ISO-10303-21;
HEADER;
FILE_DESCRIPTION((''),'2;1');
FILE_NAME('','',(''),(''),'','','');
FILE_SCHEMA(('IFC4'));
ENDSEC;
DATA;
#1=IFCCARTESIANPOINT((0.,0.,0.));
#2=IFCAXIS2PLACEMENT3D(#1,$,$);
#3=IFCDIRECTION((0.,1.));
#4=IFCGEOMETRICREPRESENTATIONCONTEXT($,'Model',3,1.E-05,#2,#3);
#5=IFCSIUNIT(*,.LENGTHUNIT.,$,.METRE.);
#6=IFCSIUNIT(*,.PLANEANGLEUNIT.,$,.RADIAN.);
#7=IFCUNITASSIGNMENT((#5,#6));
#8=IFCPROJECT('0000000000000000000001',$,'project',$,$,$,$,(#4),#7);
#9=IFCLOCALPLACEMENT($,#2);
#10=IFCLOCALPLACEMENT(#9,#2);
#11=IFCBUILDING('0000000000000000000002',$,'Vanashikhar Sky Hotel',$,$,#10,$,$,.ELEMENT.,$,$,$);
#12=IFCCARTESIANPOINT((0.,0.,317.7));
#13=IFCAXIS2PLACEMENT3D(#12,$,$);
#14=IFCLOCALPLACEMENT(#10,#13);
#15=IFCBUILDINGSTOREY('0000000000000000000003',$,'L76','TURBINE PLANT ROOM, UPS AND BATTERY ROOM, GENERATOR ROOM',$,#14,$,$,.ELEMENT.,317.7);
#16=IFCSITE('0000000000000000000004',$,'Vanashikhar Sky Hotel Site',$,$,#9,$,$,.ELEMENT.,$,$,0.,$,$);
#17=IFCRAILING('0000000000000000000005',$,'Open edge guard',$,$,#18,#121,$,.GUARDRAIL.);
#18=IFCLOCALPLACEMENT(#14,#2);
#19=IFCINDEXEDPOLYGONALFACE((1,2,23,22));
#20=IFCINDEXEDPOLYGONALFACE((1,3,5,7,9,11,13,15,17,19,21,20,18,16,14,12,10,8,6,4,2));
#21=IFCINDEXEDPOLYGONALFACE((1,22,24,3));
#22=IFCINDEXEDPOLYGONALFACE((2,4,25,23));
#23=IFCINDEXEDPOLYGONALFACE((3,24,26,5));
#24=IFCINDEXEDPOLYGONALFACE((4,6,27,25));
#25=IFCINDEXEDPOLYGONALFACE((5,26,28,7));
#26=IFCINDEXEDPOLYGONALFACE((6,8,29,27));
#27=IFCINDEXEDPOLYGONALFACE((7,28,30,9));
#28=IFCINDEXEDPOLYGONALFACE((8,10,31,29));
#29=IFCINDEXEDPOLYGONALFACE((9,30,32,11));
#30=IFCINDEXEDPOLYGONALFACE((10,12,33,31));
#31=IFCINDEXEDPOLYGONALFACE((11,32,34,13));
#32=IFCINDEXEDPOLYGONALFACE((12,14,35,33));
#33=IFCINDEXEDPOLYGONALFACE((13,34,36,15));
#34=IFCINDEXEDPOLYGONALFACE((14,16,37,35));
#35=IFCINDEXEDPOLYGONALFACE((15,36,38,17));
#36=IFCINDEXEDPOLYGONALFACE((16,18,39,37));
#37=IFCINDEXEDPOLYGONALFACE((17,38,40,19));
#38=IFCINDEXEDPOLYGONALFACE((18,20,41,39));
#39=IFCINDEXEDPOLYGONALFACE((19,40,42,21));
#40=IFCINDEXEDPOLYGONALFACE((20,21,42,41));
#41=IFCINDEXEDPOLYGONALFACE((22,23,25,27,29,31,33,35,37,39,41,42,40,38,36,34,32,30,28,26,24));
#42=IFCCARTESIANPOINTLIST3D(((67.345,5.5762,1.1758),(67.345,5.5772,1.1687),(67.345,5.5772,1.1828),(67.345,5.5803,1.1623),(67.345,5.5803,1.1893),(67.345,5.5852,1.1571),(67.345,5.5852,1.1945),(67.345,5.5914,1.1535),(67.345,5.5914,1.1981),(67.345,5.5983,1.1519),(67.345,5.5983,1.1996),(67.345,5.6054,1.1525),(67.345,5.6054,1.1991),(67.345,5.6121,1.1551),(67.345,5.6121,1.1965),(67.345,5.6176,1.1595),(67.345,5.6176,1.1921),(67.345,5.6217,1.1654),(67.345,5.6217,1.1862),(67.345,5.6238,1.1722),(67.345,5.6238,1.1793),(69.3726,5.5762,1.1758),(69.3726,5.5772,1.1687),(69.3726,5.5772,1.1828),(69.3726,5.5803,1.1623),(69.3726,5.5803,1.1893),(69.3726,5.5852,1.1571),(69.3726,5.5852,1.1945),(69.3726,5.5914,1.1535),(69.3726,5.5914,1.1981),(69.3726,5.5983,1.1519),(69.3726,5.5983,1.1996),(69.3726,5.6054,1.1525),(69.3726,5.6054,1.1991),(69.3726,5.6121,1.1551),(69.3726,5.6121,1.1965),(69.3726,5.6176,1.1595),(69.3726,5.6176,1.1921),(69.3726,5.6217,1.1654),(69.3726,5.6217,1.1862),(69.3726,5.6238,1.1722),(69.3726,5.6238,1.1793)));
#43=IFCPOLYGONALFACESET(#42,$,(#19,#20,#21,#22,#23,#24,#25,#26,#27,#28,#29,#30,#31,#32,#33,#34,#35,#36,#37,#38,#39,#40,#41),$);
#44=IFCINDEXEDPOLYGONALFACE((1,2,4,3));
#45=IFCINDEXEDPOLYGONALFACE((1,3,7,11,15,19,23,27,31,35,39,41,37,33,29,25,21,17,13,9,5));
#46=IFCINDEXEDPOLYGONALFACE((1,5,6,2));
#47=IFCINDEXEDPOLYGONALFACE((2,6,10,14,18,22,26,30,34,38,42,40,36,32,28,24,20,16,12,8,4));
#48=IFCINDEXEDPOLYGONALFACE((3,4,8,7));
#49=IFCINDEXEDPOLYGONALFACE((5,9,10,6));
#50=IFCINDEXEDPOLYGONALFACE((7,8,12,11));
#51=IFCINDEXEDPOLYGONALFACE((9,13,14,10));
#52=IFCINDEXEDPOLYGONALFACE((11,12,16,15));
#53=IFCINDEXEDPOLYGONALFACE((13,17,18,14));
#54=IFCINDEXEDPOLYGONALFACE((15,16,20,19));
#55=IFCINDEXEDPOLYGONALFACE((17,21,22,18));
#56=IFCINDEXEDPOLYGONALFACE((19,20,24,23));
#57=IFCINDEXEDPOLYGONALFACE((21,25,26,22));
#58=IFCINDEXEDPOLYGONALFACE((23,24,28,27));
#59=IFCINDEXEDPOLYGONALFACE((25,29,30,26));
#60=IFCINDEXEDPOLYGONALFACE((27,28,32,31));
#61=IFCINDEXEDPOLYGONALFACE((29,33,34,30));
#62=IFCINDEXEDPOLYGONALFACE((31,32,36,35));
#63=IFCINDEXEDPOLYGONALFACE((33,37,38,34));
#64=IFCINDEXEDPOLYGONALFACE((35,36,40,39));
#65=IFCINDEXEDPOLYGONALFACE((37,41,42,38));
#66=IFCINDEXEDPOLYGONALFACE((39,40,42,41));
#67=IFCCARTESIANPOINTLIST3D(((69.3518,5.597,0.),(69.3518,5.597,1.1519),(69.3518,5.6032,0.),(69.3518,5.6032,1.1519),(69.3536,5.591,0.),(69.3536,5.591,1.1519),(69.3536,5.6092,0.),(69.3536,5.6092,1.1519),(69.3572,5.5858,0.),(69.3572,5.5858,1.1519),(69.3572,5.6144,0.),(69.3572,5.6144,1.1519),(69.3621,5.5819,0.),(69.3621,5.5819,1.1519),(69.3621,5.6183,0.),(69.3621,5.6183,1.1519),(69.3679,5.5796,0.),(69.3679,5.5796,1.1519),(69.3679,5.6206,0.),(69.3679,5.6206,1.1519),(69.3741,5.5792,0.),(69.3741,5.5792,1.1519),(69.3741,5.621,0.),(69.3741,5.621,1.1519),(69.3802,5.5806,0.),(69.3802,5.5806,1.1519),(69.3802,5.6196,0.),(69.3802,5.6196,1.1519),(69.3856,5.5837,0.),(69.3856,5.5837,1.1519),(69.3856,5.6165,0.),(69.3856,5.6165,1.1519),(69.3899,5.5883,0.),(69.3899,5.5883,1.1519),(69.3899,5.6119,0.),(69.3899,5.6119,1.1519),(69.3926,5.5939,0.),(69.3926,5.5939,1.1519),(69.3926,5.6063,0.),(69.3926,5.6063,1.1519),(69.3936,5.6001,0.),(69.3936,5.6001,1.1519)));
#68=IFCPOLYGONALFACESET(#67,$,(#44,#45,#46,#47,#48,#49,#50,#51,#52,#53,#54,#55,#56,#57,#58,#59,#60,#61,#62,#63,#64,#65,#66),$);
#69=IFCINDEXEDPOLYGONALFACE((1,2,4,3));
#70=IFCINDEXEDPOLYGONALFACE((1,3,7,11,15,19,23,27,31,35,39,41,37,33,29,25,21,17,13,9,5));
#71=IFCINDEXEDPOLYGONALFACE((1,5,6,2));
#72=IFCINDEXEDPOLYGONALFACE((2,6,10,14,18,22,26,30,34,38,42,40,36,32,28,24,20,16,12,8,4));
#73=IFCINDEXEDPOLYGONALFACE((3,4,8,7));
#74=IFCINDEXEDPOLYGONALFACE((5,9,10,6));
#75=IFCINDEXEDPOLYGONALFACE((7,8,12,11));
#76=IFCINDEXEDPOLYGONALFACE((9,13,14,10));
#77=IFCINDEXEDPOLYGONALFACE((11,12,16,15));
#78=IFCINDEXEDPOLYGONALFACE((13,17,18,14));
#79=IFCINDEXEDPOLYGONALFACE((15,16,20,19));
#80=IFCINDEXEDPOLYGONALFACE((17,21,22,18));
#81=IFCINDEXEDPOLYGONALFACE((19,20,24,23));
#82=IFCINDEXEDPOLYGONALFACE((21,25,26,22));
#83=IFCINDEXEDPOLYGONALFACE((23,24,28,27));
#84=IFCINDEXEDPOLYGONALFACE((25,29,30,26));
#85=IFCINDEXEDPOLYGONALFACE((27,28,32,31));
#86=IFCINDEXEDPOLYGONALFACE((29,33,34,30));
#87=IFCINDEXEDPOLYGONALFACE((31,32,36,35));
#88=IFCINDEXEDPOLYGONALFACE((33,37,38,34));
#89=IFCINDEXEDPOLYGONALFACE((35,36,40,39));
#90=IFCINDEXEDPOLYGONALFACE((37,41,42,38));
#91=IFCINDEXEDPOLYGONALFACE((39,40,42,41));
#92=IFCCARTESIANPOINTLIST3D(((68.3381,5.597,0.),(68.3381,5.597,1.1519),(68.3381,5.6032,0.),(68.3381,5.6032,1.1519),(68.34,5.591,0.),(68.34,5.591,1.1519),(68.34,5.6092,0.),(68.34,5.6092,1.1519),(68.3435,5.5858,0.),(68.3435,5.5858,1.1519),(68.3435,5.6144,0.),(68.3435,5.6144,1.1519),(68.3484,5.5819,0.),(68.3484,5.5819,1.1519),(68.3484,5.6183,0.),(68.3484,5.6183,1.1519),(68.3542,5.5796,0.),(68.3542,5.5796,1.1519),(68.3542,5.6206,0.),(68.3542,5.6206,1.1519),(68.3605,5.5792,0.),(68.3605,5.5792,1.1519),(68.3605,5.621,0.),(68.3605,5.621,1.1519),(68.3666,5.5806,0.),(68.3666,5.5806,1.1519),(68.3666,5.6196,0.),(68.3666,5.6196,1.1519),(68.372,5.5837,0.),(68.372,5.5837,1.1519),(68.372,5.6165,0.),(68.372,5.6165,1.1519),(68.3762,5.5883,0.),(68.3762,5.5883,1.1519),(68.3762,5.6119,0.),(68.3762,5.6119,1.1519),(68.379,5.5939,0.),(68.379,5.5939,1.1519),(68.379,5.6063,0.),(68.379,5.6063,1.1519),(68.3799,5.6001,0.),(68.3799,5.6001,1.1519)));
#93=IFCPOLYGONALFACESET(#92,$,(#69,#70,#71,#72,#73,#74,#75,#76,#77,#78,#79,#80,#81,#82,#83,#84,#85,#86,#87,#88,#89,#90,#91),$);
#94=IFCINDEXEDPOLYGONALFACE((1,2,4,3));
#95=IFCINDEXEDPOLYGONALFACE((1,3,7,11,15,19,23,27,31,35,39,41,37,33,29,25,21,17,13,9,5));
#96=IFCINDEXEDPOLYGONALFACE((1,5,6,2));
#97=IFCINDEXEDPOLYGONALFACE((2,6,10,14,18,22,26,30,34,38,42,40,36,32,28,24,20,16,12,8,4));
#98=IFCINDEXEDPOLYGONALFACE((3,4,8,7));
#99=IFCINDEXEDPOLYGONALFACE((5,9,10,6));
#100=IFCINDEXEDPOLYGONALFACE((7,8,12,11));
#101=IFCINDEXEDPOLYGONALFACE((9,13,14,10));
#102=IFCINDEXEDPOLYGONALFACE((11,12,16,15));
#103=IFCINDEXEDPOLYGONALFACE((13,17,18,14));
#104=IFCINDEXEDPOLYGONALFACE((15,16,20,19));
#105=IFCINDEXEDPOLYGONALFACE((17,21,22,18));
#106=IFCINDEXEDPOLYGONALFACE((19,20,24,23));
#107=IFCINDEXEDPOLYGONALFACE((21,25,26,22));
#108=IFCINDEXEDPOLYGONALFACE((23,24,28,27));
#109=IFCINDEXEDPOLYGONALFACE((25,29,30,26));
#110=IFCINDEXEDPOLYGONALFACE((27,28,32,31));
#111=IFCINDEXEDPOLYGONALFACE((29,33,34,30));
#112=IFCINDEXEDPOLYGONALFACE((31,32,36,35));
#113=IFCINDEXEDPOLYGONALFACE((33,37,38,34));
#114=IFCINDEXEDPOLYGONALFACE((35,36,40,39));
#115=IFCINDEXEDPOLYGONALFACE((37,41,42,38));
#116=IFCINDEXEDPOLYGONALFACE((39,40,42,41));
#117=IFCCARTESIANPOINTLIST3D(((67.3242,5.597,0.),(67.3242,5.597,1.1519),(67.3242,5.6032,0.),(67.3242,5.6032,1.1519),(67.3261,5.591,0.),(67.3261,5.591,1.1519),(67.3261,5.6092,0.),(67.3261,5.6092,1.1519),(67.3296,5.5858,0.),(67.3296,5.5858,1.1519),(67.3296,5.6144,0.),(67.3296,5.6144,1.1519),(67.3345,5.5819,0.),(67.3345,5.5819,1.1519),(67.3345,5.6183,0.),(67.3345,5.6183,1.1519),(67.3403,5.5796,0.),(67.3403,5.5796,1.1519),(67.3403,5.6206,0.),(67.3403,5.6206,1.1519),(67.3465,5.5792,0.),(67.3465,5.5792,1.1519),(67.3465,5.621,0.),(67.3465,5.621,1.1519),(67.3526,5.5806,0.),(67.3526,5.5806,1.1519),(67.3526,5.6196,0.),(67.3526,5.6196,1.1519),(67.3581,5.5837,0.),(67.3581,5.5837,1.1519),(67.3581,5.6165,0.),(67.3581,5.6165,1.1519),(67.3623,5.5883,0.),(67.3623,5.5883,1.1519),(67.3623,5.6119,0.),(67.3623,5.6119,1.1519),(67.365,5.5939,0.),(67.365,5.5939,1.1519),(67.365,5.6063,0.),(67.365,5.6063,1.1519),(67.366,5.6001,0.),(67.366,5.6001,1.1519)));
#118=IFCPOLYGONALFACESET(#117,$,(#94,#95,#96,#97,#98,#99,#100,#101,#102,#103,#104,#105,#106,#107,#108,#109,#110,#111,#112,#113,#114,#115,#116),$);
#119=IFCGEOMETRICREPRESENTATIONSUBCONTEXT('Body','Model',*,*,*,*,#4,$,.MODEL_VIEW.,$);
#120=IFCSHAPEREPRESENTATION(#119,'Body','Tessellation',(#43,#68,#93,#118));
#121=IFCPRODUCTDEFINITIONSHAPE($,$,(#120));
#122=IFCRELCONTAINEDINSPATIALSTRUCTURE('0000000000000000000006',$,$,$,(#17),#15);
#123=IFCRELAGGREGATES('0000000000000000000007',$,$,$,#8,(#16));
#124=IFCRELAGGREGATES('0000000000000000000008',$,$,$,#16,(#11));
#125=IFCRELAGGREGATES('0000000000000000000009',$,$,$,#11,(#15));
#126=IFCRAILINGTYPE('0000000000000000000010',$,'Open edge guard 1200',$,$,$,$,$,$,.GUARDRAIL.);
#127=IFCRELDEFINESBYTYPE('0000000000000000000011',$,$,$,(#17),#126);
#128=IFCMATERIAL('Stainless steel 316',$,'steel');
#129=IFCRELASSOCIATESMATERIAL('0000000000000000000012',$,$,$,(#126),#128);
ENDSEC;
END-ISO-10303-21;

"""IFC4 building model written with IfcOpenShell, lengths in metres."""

from ifc_helpers import new_model, si_unit, direction, frame, origin, origin_2d, place, context, subcontext, project, spatial, circle, extrude, source, transform, mapped, material, type_object, element, save


model = new_model("IFC4")

# Units and contexts
model_context = context("Model", 3, precision=1e-05, world=origin(), true_north=direction((0.0, 1.0)))
body_context = subcontext(model_context, "Body", "Model", "MODEL_VIEW")
ifc_project = project(units=[si_unit("LENGTHUNIT", "METRE"), si_unit("PLANEANGLEUNIT", "RADIAN")], contexts=[model_context])

# Site, building, storey
site_placement = place(None, origin())
site = spatial("IfcSite", under=ifc_project, at=site_placement, Name="Vanashikhar Sky Hotel Site", CompositionType="ELEMENT", RefElevation=0.0)
building_placement = place(site_placement, origin())
building = spatial("IfcBuilding", under=site, at=building_placement, Name="Vanashikhar Sky Hotel", CompositionType="ELEMENT")
storey_placement = place(building_placement, frame((0.0, 0.0, 317.7)))
storey = spatial("IfcBuildingStorey", under=building, at=storey_placement, Name="L76", Description="TURBINE PLANT ROOM, UPS AND BATTERY ROOM, GENERATOR ROOM", CompositionType="ELEMENT", Elevation=317.7)

# Railing
ifc_material_1 = material(Name="Stainless steel 316", Category="steel")
railing_type = type_object("IfcRailingType", Name="Open edge guard 1200", PredefinedType="GUARDRAIL", material=ifc_material_1)
shared_shape_1 = source(origin(), body_context, "Body", "SweptSolid", [
    extrude(circle(Radius=0.0239, at=origin_2d()), frame((0.0, 0.0, 1.1758), z_axis=(-1.0, 0.0, 0.0), x_axis=(0.0, -1.0, 0.0)), (0.0, 0.0, 1.0), 2.0276),
    extrude(circle(Radius=0.021, at=origin_2d()), origin(), (0.0, 0.0, 1.0), 1.1519),
    extrude(circle(Radius=0.021, at=origin_2d()), frame((-1.0137, 0.0, 0.0)), (0.0, 0.0, 1.0), 1.1519),
    extrude(circle(Radius=0.021, at=origin_2d()), frame((-2.0276, 0.0, 0.0)), (0.0, 0.0, 1.0), 1.1519),
])
for number, where, name in (
    (1, (69.3726, 5.6001, 0.0), "Open edge guard"),
):
    element("IfcRailing", number, at=place(storey_placement, frame(where)), inside=storey, type_object=railing_type, Name=name, PredefinedType="GUARDRAIL", context=body_context, shape_type="MappedRepresentation", body=[
        mapped(shared_shape_1, transform((0.0, 0.0, 0.0), scale=1.0)),
    ])

save(model, "model.ifc")
